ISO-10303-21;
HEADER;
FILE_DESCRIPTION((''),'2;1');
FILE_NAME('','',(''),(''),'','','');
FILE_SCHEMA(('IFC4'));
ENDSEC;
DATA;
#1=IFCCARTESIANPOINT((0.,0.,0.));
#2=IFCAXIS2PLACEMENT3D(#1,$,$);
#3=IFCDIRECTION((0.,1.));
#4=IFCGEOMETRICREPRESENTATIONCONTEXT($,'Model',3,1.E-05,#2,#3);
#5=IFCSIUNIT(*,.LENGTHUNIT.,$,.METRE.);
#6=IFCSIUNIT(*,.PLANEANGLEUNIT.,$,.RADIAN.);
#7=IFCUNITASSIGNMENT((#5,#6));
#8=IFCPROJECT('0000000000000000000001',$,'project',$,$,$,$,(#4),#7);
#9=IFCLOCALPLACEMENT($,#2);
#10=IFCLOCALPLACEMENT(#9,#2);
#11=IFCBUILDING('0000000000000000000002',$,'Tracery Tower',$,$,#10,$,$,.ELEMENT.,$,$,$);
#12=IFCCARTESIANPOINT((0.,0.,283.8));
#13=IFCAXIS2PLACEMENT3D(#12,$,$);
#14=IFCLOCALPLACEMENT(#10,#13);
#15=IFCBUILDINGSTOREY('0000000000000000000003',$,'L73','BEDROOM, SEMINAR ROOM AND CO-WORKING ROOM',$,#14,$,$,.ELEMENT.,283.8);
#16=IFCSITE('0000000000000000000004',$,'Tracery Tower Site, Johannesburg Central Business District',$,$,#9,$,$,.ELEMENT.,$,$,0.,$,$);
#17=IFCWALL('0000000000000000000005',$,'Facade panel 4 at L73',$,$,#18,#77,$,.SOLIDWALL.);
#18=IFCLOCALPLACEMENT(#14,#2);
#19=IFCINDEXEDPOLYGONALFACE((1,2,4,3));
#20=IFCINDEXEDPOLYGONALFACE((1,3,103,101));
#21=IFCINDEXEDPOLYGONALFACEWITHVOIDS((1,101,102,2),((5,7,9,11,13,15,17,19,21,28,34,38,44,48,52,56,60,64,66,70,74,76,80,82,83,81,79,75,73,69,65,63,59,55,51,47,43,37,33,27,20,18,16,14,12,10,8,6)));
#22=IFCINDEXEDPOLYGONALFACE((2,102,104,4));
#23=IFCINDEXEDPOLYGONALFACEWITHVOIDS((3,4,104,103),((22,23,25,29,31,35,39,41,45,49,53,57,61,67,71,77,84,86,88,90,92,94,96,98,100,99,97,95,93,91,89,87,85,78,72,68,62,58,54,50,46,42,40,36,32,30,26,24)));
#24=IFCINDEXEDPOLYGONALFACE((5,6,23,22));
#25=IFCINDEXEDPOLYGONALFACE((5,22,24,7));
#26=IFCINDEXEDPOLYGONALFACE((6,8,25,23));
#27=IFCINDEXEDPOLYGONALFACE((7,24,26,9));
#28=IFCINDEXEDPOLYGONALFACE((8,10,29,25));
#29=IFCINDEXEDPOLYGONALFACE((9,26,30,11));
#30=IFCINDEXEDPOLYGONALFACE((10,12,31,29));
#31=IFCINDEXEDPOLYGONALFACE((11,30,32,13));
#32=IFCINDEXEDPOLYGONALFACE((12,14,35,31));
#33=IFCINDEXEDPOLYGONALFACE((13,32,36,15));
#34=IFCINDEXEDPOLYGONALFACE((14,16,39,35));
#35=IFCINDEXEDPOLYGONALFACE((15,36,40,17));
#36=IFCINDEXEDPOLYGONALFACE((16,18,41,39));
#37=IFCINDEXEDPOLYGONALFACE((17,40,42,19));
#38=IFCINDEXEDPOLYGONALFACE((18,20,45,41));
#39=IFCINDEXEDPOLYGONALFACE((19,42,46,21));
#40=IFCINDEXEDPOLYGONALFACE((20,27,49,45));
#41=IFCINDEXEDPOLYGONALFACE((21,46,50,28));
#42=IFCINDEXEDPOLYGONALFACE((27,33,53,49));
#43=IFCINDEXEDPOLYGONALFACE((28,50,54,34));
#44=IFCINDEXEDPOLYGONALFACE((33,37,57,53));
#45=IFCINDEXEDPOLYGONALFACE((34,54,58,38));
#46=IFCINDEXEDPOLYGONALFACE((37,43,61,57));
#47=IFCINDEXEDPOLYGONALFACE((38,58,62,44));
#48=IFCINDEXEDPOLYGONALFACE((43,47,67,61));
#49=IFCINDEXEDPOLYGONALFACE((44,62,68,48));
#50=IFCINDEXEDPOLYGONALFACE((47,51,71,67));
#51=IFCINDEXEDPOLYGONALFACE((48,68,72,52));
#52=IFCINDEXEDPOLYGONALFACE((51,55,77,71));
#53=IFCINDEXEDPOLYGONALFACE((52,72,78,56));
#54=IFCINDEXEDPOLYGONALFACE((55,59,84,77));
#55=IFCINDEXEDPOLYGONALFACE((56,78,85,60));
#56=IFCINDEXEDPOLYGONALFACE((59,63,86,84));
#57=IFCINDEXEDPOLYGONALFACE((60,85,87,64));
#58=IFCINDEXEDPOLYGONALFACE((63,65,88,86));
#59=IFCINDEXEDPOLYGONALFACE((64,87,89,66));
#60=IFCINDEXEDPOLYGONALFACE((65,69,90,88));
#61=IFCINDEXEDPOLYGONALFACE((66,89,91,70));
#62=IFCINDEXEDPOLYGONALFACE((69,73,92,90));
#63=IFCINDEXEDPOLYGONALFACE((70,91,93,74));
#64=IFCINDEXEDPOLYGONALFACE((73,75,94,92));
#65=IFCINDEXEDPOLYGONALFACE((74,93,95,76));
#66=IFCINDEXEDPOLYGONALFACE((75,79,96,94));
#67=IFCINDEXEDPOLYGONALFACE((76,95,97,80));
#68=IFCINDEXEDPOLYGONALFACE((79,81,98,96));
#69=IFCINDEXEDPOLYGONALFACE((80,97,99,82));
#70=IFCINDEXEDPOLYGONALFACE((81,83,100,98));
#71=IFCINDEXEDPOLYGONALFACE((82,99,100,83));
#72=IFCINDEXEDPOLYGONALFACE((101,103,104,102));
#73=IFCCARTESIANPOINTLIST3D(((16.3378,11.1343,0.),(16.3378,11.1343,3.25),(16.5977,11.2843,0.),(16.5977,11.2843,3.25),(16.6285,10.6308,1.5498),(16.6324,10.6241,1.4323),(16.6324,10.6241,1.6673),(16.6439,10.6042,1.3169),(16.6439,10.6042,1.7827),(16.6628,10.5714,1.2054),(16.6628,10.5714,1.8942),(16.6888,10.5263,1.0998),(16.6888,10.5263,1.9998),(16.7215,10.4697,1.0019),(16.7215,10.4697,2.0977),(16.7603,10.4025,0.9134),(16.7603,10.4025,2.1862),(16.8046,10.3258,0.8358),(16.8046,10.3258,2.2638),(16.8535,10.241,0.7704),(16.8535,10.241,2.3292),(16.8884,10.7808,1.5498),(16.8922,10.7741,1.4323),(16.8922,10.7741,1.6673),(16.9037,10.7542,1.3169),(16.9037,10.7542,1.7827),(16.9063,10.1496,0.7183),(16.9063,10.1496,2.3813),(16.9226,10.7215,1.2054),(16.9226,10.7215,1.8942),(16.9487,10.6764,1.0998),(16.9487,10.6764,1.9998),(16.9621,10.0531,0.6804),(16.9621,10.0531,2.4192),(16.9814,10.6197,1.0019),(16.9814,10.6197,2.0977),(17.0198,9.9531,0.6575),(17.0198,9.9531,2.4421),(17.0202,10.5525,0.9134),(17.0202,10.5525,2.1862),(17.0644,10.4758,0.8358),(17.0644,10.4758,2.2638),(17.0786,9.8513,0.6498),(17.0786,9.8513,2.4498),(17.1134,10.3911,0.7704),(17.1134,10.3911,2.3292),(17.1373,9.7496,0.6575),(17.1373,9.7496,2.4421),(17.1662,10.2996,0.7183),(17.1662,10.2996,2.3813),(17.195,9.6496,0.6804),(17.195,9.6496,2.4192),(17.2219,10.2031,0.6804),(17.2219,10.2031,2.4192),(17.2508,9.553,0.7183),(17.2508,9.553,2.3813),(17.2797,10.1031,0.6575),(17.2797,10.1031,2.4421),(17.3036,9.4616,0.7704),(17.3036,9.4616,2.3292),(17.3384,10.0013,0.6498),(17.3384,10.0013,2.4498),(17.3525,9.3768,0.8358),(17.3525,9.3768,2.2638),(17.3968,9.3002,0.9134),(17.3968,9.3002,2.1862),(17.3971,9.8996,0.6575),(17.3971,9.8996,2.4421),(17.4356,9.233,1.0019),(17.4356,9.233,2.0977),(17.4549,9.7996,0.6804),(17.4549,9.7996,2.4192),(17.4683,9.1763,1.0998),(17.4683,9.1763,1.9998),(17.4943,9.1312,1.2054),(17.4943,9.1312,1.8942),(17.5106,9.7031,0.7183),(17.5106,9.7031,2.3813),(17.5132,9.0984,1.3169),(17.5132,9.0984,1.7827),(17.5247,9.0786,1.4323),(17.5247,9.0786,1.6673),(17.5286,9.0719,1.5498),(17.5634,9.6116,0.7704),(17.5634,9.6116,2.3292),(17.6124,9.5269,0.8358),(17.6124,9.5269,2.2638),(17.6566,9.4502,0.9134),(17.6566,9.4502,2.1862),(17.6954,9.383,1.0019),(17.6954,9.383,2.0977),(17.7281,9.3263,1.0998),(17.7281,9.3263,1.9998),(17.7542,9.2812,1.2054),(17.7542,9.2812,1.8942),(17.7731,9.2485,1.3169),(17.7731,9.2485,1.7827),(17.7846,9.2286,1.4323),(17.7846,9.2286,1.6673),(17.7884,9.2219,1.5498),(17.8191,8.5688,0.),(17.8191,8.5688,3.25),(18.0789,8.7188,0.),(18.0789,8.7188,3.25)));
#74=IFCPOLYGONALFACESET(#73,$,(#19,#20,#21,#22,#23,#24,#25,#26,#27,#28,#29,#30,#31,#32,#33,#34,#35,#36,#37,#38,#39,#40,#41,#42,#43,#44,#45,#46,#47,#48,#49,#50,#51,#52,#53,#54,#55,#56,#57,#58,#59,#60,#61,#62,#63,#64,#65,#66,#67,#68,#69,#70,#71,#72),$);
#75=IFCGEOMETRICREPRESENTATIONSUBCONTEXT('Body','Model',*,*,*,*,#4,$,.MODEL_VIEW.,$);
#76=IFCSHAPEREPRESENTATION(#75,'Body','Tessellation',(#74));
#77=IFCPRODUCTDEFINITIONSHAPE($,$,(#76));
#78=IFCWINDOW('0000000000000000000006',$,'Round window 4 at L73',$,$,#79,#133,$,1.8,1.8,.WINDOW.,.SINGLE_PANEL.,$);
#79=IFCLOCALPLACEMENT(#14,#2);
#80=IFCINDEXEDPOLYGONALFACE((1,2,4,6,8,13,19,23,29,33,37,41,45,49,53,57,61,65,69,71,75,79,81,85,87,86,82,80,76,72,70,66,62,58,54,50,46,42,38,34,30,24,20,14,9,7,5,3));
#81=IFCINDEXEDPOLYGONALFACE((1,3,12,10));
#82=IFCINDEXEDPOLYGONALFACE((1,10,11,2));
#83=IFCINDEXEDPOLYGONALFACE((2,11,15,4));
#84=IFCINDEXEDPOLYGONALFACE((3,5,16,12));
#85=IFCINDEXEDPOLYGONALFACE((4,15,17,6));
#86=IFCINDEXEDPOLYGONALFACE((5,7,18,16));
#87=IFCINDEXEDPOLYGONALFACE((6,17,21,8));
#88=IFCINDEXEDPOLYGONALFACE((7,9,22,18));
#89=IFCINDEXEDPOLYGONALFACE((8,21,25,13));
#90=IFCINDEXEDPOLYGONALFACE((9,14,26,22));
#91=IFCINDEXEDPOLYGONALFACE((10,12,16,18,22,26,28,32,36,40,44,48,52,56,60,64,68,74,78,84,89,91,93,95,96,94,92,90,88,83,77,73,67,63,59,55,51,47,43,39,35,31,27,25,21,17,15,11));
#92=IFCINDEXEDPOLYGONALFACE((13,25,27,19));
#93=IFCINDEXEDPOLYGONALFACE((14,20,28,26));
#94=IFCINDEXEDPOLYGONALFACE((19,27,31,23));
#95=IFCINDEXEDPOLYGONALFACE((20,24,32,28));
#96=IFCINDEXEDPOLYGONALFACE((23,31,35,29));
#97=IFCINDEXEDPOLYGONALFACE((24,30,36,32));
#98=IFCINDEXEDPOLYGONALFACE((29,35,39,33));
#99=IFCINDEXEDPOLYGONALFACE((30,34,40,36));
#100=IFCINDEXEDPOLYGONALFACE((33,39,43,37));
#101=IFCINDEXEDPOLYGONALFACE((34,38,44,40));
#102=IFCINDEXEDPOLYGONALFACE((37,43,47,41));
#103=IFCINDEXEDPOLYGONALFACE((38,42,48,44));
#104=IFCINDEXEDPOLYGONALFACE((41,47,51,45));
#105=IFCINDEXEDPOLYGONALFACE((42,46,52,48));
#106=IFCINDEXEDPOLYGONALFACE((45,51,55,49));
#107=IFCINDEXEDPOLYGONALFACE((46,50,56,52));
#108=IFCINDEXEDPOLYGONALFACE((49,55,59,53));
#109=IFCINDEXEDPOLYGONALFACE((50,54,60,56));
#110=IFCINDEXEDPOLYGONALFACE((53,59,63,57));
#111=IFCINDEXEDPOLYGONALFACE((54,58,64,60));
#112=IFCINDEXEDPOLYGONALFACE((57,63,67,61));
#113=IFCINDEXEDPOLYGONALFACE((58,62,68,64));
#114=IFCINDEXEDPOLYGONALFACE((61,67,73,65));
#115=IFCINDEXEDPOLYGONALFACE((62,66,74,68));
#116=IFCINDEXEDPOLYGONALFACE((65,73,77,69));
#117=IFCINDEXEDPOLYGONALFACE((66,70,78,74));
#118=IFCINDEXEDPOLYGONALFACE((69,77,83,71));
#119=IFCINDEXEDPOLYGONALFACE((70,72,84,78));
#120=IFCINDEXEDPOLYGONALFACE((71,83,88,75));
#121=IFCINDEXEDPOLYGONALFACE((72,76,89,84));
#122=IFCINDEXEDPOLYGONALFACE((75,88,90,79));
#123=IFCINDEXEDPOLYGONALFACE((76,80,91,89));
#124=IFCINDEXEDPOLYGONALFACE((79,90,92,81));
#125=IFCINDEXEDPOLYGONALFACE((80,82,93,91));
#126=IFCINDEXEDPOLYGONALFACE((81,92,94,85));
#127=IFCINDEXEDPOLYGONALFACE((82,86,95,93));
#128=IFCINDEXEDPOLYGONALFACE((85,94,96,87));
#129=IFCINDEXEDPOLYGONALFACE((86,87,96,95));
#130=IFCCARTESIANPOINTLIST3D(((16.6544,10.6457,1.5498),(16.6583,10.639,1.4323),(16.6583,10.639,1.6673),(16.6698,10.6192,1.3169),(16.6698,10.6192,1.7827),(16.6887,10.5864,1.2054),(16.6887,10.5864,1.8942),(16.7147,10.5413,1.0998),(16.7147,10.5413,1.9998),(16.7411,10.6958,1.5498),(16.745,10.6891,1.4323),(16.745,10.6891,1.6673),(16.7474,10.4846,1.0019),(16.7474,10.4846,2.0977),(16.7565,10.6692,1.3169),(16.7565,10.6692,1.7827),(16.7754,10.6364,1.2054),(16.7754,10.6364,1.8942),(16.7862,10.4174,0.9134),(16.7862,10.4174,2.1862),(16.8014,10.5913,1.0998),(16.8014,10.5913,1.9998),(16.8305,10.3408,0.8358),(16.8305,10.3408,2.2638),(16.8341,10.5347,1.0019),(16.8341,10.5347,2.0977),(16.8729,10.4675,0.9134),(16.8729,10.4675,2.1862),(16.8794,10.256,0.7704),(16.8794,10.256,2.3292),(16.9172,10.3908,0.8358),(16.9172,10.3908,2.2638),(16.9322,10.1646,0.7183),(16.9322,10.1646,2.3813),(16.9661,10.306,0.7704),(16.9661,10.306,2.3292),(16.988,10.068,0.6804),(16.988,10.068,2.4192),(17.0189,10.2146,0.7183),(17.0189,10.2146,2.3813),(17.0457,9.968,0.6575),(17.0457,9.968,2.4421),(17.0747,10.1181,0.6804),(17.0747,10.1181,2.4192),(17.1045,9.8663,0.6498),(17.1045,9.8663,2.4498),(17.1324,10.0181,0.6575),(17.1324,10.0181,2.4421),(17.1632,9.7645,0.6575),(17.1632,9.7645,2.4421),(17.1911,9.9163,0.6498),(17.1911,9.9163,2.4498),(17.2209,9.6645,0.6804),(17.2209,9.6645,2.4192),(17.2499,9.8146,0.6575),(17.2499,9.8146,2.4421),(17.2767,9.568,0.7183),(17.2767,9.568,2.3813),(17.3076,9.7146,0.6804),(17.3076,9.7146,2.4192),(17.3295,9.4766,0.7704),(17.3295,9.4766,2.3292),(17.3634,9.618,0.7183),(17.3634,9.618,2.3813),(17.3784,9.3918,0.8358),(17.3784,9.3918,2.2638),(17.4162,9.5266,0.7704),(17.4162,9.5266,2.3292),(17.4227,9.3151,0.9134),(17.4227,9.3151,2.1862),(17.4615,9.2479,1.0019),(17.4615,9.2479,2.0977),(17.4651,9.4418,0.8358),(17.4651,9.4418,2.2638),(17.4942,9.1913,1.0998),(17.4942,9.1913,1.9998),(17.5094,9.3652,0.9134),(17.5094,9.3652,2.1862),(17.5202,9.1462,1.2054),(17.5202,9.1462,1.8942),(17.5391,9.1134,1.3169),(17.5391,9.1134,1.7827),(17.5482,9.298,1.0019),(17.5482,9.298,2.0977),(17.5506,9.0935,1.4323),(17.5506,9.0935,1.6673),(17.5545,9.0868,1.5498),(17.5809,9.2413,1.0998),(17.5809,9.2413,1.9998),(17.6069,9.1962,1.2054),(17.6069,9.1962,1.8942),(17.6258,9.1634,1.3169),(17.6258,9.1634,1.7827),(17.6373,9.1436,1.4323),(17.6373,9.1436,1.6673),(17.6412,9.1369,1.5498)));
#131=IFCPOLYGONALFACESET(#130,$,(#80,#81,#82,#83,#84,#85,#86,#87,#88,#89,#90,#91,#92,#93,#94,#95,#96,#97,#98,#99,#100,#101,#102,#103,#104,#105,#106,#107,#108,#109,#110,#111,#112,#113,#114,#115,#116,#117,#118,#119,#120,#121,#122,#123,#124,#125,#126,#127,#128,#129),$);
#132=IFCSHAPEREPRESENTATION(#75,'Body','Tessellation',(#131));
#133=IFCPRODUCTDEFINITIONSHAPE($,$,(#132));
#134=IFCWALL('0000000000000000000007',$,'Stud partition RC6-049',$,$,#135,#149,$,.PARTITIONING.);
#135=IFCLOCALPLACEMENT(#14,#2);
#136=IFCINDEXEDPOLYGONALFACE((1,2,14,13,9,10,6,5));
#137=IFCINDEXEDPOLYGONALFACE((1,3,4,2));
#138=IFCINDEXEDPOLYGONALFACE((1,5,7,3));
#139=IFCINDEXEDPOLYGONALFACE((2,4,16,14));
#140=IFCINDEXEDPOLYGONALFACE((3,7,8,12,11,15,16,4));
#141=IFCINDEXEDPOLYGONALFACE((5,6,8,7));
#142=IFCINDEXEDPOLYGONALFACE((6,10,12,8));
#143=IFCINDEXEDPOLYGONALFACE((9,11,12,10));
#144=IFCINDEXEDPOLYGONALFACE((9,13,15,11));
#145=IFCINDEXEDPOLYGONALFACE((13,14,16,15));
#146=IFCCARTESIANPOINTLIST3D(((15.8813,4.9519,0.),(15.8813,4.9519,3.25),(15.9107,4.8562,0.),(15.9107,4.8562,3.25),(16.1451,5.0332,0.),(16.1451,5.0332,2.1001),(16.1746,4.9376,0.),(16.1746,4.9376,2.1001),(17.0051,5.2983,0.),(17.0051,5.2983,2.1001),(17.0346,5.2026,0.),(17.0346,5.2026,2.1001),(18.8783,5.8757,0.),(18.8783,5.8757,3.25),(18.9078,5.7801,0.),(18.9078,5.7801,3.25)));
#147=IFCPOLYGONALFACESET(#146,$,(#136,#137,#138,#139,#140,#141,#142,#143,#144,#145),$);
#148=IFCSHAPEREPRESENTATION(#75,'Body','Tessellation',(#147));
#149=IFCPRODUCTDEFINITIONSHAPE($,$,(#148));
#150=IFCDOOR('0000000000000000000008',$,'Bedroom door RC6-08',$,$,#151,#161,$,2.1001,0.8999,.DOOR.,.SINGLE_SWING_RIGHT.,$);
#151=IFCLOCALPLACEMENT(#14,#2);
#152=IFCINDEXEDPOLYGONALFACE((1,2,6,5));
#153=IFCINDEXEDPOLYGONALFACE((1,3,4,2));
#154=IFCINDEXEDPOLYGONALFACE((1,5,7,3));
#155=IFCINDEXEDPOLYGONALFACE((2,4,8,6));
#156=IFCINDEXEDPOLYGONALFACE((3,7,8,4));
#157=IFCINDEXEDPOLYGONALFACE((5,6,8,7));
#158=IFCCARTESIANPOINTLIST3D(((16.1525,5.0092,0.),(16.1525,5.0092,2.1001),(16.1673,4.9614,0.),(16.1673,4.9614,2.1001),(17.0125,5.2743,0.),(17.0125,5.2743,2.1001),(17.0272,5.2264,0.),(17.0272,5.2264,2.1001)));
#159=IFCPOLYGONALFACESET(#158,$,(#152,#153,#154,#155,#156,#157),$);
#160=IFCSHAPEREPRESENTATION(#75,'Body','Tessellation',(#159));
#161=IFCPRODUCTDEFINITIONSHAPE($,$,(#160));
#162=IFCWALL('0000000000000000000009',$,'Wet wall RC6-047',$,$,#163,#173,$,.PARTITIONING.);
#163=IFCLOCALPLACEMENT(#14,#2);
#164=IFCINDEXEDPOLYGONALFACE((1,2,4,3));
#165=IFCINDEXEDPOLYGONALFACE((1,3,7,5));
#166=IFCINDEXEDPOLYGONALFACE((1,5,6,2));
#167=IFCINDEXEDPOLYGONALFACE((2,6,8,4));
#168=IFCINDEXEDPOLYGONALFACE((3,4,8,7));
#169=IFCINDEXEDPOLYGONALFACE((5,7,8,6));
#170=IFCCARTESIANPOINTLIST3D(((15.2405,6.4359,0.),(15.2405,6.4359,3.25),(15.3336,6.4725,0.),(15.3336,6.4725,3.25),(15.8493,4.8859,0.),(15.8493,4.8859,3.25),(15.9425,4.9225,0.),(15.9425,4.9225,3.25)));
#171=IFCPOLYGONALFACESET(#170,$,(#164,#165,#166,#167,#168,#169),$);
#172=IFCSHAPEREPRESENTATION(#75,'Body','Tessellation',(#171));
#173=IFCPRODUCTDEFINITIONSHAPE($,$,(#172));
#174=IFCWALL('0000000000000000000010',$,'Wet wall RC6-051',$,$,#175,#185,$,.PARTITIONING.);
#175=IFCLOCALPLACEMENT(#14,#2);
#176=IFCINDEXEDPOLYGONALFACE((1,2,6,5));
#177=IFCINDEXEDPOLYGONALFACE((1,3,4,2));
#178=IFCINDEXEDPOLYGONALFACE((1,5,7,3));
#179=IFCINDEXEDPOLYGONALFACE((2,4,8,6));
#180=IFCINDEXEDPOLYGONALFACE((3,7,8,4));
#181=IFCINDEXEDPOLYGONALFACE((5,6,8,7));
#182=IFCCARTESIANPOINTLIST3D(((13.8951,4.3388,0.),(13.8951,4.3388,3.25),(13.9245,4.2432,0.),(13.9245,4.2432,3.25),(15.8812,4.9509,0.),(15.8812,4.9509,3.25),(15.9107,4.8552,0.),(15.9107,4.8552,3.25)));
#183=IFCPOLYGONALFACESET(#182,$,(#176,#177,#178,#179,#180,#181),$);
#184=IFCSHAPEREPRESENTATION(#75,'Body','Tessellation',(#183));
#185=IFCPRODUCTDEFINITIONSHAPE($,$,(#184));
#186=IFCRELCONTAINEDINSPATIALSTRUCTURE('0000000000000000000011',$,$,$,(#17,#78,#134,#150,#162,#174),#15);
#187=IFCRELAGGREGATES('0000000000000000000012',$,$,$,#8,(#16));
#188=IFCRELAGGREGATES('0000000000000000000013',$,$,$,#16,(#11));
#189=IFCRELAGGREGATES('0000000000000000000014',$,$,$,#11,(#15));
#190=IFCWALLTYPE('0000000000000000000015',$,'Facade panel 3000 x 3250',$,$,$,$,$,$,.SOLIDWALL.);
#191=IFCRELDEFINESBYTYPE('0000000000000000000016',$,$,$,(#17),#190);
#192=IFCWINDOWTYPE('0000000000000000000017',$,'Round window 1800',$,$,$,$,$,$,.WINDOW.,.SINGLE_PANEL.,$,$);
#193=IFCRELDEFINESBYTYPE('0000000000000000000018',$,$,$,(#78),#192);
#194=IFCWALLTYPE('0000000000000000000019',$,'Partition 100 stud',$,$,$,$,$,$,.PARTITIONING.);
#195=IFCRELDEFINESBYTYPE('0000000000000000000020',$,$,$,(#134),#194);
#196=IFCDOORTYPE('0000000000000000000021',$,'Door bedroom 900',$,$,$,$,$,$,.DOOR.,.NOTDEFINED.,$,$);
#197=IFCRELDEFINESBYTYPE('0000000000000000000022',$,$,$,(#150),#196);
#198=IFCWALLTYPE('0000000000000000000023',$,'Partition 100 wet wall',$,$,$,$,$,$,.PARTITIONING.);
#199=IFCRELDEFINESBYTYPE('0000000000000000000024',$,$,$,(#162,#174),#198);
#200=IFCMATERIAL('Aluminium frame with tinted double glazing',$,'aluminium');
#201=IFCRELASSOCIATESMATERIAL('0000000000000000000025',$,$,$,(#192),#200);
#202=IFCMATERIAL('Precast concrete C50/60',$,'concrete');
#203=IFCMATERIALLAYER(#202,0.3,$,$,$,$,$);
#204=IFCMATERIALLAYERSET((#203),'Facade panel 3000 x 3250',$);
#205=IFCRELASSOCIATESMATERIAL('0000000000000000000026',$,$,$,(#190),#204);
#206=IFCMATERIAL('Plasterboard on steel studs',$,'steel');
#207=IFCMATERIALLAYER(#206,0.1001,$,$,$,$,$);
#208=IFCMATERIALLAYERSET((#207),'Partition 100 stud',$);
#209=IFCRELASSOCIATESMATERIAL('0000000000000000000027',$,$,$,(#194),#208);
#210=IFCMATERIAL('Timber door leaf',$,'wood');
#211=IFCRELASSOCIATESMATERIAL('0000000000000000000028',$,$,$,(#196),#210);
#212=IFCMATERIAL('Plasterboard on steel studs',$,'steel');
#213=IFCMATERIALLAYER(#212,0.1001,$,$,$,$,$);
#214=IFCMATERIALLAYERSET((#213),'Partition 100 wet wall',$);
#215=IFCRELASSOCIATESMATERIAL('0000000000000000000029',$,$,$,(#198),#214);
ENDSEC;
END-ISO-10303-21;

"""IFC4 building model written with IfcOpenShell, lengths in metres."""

from ifc_helpers import new_model, si_unit, direction, frame, frame_2d, origin, origin_2d, place, context, subcontext, project, spatial, rectangle, circle, extrude, material, layer, layer_set, type_object, element, fill, save


model = new_model("IFC4")

# Units and contexts
model_context = context("Model", 3, precision=1e-05, world=origin(), true_north=direction((0.0, 1.0)))
body_context = subcontext(model_context, "Body", "Model", "MODEL_VIEW")
ifc_project = project(units=[si_unit("LENGTHUNIT", "METRE"), si_unit("PLANEANGLEUNIT", "RADIAN")], contexts=[model_context])

# Site, building, storey
site_placement = place(None, origin())
site = spatial("IfcSite", under=ifc_project, at=site_placement, Name="Tracery Tower Site, Johannesburg Central Business District", CompositionType="ELEMENT", RefElevation=0.0)
building_placement = place(site_placement, origin())
building = spatial("IfcBuilding", under=site, at=building_placement, Name="Tracery Tower", CompositionType="ELEMENT")
storey_placement = place(building_placement, frame((0.0, 0.0, 283.8)))
storey = spatial("IfcBuildingStorey", under=building, at=storey_placement, Name="L73", Description="BEDROOM, SEMINAR ROOM AND CO-WORKING ROOM", CompositionType="ELEMENT", Elevation=283.8)

# Wall, opening, window
ifc_material_1 = material(Name="Aluminium frame with tinted double glazing", Category="aluminium")
window_type = type_object("IfcWindowType", Name="Round window 1800", PartitioningType="SINGLE_PANEL", PredefinedType="WINDOW", material=ifc_material_1)
ifc_material_2 = material(Name="Precast concrete C50/60", Category="concrete")
ifc_layer_1 = layer(ifc_material_2, 0.3)
ifc_layer_set_1 = layer_set([ifc_layer_1], Name="Facade panel 3000 x 3250")
wall_type_1 = type_object("IfcWallType", Name="Facade panel 3000 x 3250", PredefinedType="SOLIDWALL", material=ifc_layer_set_1)
wall_1_placement = place(storey_placement, frame((17.949, 8.6438, 0.0), z_axis=(0.0, 0.0, 1.0), x_axis=(-0.500013, 0.866018, 0.0)))
wall_1 = element("IfcWall", 1, at=wall_1_placement, inside=storey, type_object=wall_type_1, Name="Facade panel 4 at L73", PredefinedType="SOLIDWALL", context=body_context, shape_type="SweptSolid", body=[
    extrude(rectangle(XDim=2.9624, YDim=0.3, at=frame_2d((1.4812, 0.0))), origin(), (0.0, 0.0, 1.0), 3.25),
])
opening_1_placement = place(wall_1_placement, frame((1.481, 0.0, 1.5498)))
opening_1 = element("IfcOpeningElement", 2, at=opening_1_placement, cuts=wall_1, PredefinedType="OPENING", context=body_context, shape_type="SweptSolid", body=[
    extrude(circle(Radius=0.9, at=origin_2d()), frame((0.0, 0.1599, 0.0), z_axis=(0.0, -1.0, 0.0), x_axis=(1.0, 0.0, 0.0)), (0.0, 0.0, 1.0), 0.3201),
])
window_1_placement = place(opening_1_placement, origin())
window_1 = element("IfcWindow", 3, at=window_1_placement, inside=storey, type_object=window_type, Name="Round window 4 at L73", OverallHeight=1.8, OverallWidth=1.8, PartitioningType="SINGLE_PANEL", PredefinedType="WINDOW", context=body_context, shape_type="SweptSolid", body=[
    extrude(circle(Radius=0.9, at=origin_2d()), frame((0.0, 0.1201, 0.0), z_axis=(0.0, -1.0, 0.0), x_axis=(1.0, 0.0, 0.0)), (0.0, 0.0, 1.0), 0.1001),
])
fill(opening_1, window_1)

# Wall, opening, door
ifc_material_3 = material(Name="Plasterboard on steel studs", Category="steel")
ifc_layer_2 = layer(ifc_material_3, 0.1001)
ifc_layer_set_2 = layer_set([ifc_layer_2], Name="Partition 100 stud")
wall_type_2 = type_object("IfcWallType", Name="Partition 100 stud", PredefinedType="PARTITIONING", material=ifc_layer_set_2)
wall_2_placement = place(storey_placement, frame((15.896, 4.9041, 0.0), z_axis=(0.0, 0.0, 1.0), x_axis=(0.955631, 0.294567, 0.0)))
wall_2 = element("IfcWall", 4, at=wall_2_placement, inside=storey, type_object=wall_type_2, Name="Stud partition RC6-049", PredefinedType="PARTITIONING", context=body_context, shape_type="SweptSolid", body=[
    extrude(rectangle(XDim=3.1362, YDim=0.1001, at=frame_2d((1.5681, 0.0))), origin(), (0.0, 0.0, 1.0), 3.25),
])
opening_2_placement = place(wall_2_placement, frame((0.2761, 0.0, 0.0)))
opening_2 = element("IfcOpeningElement", 5, at=opening_2_placement, cuts=wall_2, PredefinedType="OPENING", context=body_context, shape_type="SweptSolid", body=[
    extrude(rectangle(XDim=0.8999, YDim=2.1001, at=frame_2d((0.45, 1.05))), frame((0.0, 0.05, 0.0), z_axis=(0.0, -1.0, 0.0), x_axis=(1.0, 0.0, 0.0)), (0.0, 0.0, 1.0), 0.1001),
])
ifc_material_4 = material(Name="Timber door leaf", Category="wood")
door_type_1 = type_object("IfcDoorType", Name="Door bedroom 900", OperationType="NOTDEFINED", PredefinedType="DOOR", material=ifc_material_4)
door_1_placement = place(opening_2_placement, origin())
door_1 = element("IfcDoor", 6, at=door_1_placement, inside=storey, type_object=door_type_1, Name="Bedroom door RC6-08", OperationType="SINGLE_SWING_RIGHT", OverallHeight=2.1001, OverallWidth=0.8999, PredefinedType="DOOR", context=body_context, shape_type="SweptSolid", body=[
    extrude(rectangle(XDim=0.8999, YDim=2.1001, at=frame_2d((0.45, 1.05))), frame((0.0, 0.0249, 0.0), z_axis=(0.0, -1.0, 0.0), x_axis=(1.0, 0.0, 0.0)), (0.0, 0.0, 1.0), 0.05),
])
fill(opening_2, door_1)

# Walls
ifc_material_5 = material(Name="Plasterboard on steel studs", Category="steel")
ifc_layer_3 = layer(ifc_material_5, 0.1001)
ifc_layer_set_3 = layer_set([ifc_layer_3], Name="Partition 100 wet wall")
wall_type_3 = type_object("IfcWallType", Name="Partition 100 wet wall", PredefinedType="PARTITIONING", material=ifc_layer_set_3)
wall_3_placement = place(storey_placement, frame((15.2871, 6.4541, 0.0), z_axis=(0.0, 0.0, 1.0), x_axis=(0.365621, -0.930764, 0.0)))
element("IfcWall", 7, at=wall_3_placement, inside=storey, type_object=wall_type_3, Name="Wet wall RC6-047", PredefinedType="PARTITIONING", context=body_context, shape_type="SweptSolid", body=[
    extrude(rectangle(XDim=1.6653, YDim=0.1001, at=frame_2d((0.8325, 0.0))), origin(), (0.0, 0.0, 1.0), 3.25),
])
wall_4_placement = place(storey_placement, frame((13.9099, 4.291, 0.0), z_axis=(0.0, 0.0, 1.0), x_axis=(0.955649, 0.294507, 0.0)))
element("IfcWall", 8, at=wall_4_placement, inside=storey, type_object=wall_type_3, Name="Wet wall RC6-051", PredefinedType="PARTITIONING", context=body_context, shape_type="SweptSolid", body=[
    extrude(rectangle(XDim=2.0784, YDim=0.1001, at=frame_2d((1.0391, 0.0))), origin(), (0.0, 0.0, 1.0), 3.25),
])

save(model, "model.ifc")
